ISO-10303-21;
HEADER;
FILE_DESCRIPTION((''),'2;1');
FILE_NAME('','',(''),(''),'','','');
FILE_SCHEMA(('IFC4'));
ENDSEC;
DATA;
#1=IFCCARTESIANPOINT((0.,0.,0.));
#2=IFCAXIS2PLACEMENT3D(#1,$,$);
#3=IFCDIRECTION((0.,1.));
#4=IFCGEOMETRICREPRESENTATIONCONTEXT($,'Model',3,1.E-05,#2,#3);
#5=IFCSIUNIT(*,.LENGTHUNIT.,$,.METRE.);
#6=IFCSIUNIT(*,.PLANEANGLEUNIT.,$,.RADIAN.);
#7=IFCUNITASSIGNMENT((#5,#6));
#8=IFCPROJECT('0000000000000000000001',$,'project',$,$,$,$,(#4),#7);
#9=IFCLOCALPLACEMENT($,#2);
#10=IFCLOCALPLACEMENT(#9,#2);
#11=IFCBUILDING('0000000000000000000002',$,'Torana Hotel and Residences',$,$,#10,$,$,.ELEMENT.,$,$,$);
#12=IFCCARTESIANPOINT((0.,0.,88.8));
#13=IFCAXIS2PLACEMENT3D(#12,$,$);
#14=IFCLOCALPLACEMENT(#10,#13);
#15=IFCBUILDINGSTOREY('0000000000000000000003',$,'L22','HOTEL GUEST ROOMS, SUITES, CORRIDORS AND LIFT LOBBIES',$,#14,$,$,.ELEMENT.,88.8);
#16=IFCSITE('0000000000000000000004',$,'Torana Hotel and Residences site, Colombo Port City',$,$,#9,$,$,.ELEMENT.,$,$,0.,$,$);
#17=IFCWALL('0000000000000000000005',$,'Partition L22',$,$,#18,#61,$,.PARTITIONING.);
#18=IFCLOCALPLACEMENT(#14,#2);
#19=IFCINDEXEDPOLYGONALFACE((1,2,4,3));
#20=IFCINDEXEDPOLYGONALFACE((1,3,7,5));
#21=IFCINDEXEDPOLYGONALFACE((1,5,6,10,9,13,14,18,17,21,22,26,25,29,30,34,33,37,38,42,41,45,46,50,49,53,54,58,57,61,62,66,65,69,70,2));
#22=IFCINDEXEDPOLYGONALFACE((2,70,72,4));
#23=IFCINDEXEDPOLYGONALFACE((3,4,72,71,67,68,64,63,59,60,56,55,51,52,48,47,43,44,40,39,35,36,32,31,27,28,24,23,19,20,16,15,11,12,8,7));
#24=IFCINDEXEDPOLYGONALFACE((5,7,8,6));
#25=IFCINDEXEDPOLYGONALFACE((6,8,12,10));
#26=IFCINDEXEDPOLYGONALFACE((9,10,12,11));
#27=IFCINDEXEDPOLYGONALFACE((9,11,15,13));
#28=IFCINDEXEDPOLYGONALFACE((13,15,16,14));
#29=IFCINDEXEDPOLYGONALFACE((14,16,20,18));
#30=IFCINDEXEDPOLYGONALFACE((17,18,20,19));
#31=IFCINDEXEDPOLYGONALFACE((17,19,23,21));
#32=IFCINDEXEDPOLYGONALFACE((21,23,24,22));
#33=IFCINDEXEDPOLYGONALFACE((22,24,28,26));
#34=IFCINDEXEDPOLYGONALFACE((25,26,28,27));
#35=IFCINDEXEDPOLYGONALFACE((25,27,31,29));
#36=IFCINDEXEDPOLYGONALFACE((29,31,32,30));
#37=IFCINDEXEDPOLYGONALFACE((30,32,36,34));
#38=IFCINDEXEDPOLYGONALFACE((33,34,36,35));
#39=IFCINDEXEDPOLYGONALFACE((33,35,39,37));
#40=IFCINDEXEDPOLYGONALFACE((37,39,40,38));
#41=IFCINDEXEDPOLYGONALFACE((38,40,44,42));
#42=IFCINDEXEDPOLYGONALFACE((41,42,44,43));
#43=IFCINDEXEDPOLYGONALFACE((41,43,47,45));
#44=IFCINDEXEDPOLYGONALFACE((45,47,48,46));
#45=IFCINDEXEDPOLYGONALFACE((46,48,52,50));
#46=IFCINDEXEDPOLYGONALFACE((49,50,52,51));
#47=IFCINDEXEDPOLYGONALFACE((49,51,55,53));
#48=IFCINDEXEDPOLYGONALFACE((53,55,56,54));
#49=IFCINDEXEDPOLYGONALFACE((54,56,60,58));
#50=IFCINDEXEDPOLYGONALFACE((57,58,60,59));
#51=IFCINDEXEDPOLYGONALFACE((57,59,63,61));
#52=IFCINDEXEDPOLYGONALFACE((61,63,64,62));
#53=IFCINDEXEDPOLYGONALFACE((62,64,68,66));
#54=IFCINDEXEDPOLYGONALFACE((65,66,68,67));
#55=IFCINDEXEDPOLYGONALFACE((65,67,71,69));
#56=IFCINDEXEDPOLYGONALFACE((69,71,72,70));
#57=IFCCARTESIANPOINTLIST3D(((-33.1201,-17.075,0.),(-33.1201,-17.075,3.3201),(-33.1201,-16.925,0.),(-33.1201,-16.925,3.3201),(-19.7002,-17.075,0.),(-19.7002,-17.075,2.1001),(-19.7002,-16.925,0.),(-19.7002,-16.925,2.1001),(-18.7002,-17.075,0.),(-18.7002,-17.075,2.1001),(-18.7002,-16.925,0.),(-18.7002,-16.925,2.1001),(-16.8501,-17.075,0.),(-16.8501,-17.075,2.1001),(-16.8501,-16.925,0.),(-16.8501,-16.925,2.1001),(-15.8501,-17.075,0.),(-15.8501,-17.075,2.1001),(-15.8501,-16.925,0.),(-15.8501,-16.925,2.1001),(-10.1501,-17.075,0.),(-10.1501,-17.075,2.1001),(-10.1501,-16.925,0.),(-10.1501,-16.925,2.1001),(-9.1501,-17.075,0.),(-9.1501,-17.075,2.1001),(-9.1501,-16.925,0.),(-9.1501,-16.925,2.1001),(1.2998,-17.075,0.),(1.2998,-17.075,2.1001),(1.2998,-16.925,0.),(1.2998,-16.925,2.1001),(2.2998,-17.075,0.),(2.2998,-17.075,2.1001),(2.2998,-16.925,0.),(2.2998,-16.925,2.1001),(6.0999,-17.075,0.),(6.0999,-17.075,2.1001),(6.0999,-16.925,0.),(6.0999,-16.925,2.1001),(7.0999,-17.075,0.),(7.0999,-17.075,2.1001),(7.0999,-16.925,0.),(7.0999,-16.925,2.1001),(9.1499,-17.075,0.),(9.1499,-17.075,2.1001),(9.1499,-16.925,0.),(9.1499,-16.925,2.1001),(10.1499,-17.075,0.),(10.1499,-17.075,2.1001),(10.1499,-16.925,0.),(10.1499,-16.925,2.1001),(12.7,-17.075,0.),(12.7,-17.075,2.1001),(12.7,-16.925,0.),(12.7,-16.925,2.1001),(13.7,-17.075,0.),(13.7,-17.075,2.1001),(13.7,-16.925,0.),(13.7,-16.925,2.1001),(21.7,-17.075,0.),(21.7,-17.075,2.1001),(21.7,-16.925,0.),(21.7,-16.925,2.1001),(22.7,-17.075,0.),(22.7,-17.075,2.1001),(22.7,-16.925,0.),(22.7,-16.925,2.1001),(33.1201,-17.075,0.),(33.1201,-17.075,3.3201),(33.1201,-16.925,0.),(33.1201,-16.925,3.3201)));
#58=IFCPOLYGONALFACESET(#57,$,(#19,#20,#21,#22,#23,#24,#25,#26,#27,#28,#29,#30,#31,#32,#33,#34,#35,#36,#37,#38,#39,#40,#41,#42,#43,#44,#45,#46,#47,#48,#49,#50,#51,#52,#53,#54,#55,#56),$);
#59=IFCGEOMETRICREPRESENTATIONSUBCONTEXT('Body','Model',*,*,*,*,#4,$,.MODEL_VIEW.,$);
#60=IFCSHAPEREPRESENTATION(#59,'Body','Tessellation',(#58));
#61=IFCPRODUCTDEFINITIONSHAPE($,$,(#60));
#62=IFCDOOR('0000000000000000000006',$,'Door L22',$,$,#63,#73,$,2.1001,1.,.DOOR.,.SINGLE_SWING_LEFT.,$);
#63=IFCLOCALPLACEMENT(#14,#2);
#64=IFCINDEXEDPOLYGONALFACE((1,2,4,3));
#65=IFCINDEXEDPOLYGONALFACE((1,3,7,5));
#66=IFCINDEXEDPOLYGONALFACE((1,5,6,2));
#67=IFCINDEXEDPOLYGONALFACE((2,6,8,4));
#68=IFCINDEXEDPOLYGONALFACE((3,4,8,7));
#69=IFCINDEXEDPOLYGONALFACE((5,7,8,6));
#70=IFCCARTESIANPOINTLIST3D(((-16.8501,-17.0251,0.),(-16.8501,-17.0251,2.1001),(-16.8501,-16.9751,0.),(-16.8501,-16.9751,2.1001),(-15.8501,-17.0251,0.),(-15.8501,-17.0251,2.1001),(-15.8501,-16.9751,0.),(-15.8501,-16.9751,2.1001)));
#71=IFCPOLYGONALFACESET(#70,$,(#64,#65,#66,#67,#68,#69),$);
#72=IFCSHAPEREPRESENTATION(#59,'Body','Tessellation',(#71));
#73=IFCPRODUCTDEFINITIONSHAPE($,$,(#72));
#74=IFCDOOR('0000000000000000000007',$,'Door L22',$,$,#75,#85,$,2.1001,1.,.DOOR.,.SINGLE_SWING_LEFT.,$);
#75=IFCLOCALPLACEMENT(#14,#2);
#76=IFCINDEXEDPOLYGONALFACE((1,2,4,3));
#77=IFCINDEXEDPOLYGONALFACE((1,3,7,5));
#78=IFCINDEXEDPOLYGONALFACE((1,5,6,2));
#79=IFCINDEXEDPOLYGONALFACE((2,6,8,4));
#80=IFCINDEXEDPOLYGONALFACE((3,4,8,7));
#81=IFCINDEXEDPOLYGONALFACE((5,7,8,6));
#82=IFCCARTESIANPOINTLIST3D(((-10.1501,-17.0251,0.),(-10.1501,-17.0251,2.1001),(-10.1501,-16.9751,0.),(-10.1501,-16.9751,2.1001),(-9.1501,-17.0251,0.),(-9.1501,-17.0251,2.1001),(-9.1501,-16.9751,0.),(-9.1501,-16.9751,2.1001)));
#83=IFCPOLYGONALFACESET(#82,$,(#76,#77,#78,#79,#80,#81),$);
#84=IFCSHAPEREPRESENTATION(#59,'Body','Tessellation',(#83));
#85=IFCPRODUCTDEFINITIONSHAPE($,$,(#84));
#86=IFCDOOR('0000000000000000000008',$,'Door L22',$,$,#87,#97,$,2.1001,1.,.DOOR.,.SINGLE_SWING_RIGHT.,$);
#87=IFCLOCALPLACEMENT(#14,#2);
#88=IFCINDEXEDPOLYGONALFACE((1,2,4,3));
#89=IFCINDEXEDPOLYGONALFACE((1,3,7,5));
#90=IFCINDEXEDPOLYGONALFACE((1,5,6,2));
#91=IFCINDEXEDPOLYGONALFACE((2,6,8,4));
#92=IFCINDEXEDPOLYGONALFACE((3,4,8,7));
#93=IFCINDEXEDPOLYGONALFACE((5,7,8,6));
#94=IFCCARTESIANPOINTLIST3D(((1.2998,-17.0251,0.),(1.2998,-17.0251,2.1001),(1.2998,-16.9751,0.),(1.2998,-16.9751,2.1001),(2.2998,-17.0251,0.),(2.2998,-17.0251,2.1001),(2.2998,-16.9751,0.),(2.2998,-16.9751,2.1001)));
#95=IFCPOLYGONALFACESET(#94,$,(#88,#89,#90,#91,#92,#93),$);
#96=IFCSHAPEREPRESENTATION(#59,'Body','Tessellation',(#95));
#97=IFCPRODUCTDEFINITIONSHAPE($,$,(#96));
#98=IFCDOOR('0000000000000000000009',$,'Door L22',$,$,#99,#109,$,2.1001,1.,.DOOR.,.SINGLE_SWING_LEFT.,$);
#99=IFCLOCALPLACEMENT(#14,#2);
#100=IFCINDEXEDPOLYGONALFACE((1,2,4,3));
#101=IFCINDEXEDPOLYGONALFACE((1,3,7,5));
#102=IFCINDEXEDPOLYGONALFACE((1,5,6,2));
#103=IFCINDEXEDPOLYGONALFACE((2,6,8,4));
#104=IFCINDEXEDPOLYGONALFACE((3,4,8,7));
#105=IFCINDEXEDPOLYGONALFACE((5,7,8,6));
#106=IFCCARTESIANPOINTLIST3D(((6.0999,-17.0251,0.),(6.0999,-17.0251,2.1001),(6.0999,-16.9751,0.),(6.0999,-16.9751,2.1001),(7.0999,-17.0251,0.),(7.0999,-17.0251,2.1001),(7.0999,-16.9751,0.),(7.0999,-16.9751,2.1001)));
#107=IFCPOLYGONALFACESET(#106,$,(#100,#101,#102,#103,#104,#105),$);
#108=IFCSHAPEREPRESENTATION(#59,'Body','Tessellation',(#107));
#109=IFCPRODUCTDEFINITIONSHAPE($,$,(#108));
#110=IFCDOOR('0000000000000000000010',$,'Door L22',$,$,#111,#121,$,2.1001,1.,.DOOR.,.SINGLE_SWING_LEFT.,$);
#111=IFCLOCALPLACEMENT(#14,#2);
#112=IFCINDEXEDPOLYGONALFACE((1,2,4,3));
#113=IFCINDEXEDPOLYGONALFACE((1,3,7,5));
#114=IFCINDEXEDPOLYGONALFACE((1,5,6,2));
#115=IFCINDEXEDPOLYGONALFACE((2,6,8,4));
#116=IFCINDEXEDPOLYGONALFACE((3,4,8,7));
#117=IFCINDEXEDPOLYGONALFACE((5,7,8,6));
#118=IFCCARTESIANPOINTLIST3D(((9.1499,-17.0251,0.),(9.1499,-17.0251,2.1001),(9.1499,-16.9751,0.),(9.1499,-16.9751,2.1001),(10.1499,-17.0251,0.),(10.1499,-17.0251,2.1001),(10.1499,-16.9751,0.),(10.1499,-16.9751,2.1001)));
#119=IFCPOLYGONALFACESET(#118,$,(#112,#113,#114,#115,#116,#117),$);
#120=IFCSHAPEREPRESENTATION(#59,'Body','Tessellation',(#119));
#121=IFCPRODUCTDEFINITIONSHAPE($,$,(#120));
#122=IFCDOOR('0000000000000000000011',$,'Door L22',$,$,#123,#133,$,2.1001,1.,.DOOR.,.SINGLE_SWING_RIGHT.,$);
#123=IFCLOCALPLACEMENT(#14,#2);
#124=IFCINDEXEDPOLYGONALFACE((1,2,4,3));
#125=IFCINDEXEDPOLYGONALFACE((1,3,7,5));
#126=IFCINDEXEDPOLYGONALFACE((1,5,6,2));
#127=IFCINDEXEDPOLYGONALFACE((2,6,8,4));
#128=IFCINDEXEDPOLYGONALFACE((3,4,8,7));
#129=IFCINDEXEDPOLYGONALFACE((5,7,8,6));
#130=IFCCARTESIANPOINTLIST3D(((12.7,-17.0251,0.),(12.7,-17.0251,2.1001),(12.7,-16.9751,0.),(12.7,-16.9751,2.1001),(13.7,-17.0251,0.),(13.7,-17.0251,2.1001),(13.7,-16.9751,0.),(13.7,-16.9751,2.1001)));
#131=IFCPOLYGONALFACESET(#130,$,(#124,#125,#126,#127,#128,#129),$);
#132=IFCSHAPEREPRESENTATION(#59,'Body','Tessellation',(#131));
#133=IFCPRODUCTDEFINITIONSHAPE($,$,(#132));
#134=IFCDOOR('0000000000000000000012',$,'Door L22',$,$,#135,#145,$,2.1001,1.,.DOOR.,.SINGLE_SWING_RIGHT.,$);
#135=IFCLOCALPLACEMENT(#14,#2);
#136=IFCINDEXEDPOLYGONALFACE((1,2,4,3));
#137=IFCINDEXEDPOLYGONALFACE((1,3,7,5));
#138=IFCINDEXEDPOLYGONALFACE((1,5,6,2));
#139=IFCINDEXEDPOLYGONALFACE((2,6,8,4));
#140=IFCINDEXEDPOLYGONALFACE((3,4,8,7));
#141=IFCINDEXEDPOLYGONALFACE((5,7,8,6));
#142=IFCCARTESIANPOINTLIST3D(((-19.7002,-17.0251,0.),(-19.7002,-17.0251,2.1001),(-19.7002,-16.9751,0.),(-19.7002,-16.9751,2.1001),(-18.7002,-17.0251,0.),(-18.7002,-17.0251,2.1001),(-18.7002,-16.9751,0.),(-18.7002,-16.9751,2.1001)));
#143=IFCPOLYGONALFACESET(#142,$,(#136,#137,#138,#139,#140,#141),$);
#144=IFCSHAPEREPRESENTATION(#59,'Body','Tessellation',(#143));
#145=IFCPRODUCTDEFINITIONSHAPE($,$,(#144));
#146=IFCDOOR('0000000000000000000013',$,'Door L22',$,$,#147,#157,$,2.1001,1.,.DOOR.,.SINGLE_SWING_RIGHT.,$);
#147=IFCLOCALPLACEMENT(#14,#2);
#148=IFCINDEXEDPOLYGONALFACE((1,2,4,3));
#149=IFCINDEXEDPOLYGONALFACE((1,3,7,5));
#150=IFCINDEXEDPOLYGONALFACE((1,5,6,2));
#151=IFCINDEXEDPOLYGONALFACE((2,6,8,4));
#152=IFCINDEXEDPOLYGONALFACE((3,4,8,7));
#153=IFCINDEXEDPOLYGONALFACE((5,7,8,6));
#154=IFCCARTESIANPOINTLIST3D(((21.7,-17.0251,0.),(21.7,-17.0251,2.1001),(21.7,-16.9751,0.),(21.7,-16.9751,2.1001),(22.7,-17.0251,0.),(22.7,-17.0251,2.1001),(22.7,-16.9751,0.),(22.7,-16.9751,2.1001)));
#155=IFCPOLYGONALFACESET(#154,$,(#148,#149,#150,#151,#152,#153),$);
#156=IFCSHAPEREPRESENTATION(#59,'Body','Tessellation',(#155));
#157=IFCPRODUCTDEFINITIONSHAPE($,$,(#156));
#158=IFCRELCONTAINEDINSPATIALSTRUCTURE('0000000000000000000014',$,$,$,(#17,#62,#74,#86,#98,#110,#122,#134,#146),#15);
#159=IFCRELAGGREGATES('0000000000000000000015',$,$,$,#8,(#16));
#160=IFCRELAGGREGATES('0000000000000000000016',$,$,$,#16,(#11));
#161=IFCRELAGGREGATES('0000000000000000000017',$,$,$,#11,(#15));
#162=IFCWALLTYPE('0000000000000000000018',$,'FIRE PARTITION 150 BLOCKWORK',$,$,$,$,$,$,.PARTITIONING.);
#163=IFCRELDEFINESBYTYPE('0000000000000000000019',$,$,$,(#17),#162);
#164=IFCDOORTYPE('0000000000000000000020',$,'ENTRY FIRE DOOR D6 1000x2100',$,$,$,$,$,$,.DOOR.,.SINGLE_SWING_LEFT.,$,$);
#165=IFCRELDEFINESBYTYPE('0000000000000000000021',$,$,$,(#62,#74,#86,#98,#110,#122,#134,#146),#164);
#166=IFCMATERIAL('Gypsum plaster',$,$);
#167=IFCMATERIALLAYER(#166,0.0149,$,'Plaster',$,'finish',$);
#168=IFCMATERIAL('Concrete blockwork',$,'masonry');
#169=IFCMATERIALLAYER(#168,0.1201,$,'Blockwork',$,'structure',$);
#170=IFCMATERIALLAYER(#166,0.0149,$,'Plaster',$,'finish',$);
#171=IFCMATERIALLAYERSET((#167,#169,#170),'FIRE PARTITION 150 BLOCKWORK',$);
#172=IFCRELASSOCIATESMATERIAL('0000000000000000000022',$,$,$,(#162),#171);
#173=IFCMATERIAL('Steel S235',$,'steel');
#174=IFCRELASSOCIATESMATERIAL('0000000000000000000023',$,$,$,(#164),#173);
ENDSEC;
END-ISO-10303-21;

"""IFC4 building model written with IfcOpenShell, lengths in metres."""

from ifc_helpers import new_model, si_unit, direction, frame, frame_2d, origin, place, context, subcontext, project, spatial, rectangle, extrude, material, layer, layer_set, type_object, element, fill, save


model = new_model("IFC4")

# Units and contexts
model_context = context("Model", 3, precision=1e-05, world=origin(), true_north=direction((0.0, 1.0)))
body_context = subcontext(model_context, "Body", "Model", "MODEL_VIEW")
ifc_project = project(units=[si_unit("LENGTHUNIT", "METRE"), si_unit("PLANEANGLEUNIT", "RADIAN")], contexts=[model_context])

# Site, building, storey
site_placement = place(None, origin())
site = spatial("IfcSite", under=ifc_project, at=site_placement, Name="Torana Hotel and Residences site, Colombo Port City", CompositionType="ELEMENT", RefElevation=0.0)
building_placement = place(site_placement, origin())
building = spatial("IfcBuilding", under=site, at=building_placement, Name="Torana Hotel and Residences", CompositionType="ELEMENT")
storey_placement = place(building_placement, frame((0.0, 0.0, 88.8)))
storey = spatial("IfcBuildingStorey", under=building, at=storey_placement, Name="L22", Description="HOTEL GUEST ROOMS, SUITES, CORRIDORS AND LIFT LOBBIES", CompositionType="ELEMENT", Elevation=88.8)

# Wall, openings, doors
ifc_material_1 = material(Name="Gypsum plaster")
ifc_layer_1 = layer(ifc_material_1, 0.0149, Name="Plaster", Category="finish")
ifc_material_2 = material(Name="Concrete blockwork", Category="masonry")
ifc_layer_2 = layer(ifc_material_2, 0.1201, Name="Blockwork", Category="structure")
ifc_layer_3 = layer(ifc_material_1, 0.0149, Name="Plaster", Category="finish")
ifc_layer_set_1 = layer_set([ifc_layer_1, ifc_layer_2, ifc_layer_3], Name="FIRE PARTITION 150 BLOCKWORK")
wall_type_1 = type_object("IfcWallType", Name="FIRE PARTITION 150 BLOCKWORK", PredefinedType="PARTITIONING", material=ifc_layer_set_1)
wall_1_placement = place(storey_placement, frame((-33.1201, -17.0, 0.0), z_axis=(0.0, 0.0, 1.0), x_axis=(1.0, 0.0, 0.0)))
wall_1 = element("IfcWall", 1, at=wall_1_placement, inside=storey, type_object=wall_type_1, Name="Partition L22", PredefinedType="PARTITIONING", context=body_context, shape_type="SweptSolid", body=[
    extrude(rectangle(XDim=66.2402, YDim=0.1499, at=frame_2d((33.1201, 0.0))), origin(), (0.0, 0.0, 1.0), 3.3201),
])
opening_1_placement = place(wall_1_placement, frame((16.27, 0.0, 0.0)))
opening_1 = element("IfcOpeningElement", 2, at=opening_1_placement, cuts=wall_1, PredefinedType="OPENING", context=body_context, shape_type="SweptSolid", body=[
    extrude(rectangle(XDim=1.0, YDim=2.1001, at=frame_2d((0.5, 1.05))), frame((0.0, 0.085, 0.0), z_axis=(0.0, -1.0, 0.0), x_axis=(1.0, 0.0, 0.0)), (0.0, 0.0, 1.0), 0.1699),
])
opening_2_placement = place(wall_1_placement, frame((22.97, 0.0, 0.0)))
opening_2 = element("IfcOpeningElement", 3, at=opening_2_placement, cuts=wall_1, PredefinedType="OPENING", context=body_context, shape_type="SweptSolid", body=[
    extrude(rectangle(XDim=1.0, YDim=2.1001, at=frame_2d((0.5, 1.05))), frame((0.0, 0.085, 0.0), z_axis=(0.0, -1.0, 0.0), x_axis=(1.0, 0.0, 0.0)), (0.0, 0.0, 1.0), 0.1699),
])
opening_3_placement = place(wall_1_placement, frame((34.4199, 0.0, 0.0)))
opening_3 = element("IfcOpeningElement", 4, at=opening_3_placement, cuts=wall_1, PredefinedType="OPENING", context=body_context, shape_type="SweptSolid", body=[
    extrude(rectangle(XDim=1.0, YDim=2.1001, at=frame_2d((0.5, 1.05))), frame((0.0, 0.085, 0.0), z_axis=(0.0, -1.0, 0.0), x_axis=(1.0, 0.0, 0.0)), (0.0, 0.0, 1.0), 0.1699),
])
opening_4_placement = place(wall_1_placement, frame((39.22, 0.0, 0.0)))
opening_4 = element("IfcOpeningElement", 5, at=opening_4_placement, cuts=wall_1, PredefinedType="OPENING", context=body_context, shape_type="SweptSolid", body=[
    extrude(rectangle(XDim=1.0, YDim=2.1001, at=frame_2d((0.5, 1.05))), frame((0.0, 0.085, 0.0), z_axis=(0.0, -1.0, 0.0), x_axis=(1.0, 0.0, 0.0)), (0.0, 0.0, 1.0), 0.1699),
])
opening_5_placement = place(wall_1_placement, frame((42.27, 0.0, 0.0)))
opening_5 = element("IfcOpeningElement", 6, at=opening_5_placement, cuts=wall_1, PredefinedType="OPENING", context=body_context, shape_type="SweptSolid", body=[
    extrude(rectangle(XDim=1.0, YDim=2.1001, at=frame_2d((0.5, 1.05))), frame((0.0, 0.085, 0.0), z_axis=(0.0, -1.0, 0.0), x_axis=(1.0, 0.0, 0.0)), (0.0, 0.0, 1.0), 0.1699),
])
opening_6_placement = place(wall_1_placement, frame((45.8201, 0.0, 0.0)))
opening_6 = element("IfcOpeningElement", 7, at=opening_6_placement, cuts=wall_1, PredefinedType="OPENING", context=body_context, shape_type="SweptSolid", body=[
    extrude(rectangle(XDim=1.0, YDim=2.1001, at=frame_2d((0.5, 1.05))), frame((0.0, 0.085, 0.0), z_axis=(0.0, -1.0, 0.0), x_axis=(1.0, 0.0, 0.0)), (0.0, 0.0, 1.0), 0.1699),
])
opening_7_placement = place(wall_1_placement, frame((13.4199, 0.0, 0.0)))
opening_7 = element("IfcOpeningElement", 8, at=opening_7_placement, cuts=wall_1, PredefinedType="OPENING", context=body_context, shape_type="SweptSolid", body=[
    extrude(rectangle(XDim=1.0, YDim=2.1001, at=frame_2d((0.5, 1.05))), frame((0.0, 0.085, 0.0), z_axis=(0.0, -1.0, 0.0), x_axis=(1.0, 0.0, 0.0)), (0.0, 0.0, 1.0), 0.1699),
])
opening_8_placement = place(wall_1_placement, frame((54.8201, 0.0, 0.0)))
opening_8 = element("IfcOpeningElement", 9, at=opening_8_placement, cuts=wall_1, PredefinedType="OPENING", context=body_context, shape_type="SweptSolid", body=[
    extrude(rectangle(XDim=1.0, YDim=2.1001, at=frame_2d((0.5, 1.05))), frame((0.0, 0.085, 0.0), z_axis=(0.0, -1.0, 0.0), x_axis=(1.0, 0.0, 0.0)), (0.0, 0.0, 1.0), 0.1699),
])
ifc_material_3 = material(Name="Steel S235", Category="steel")
door_type_1 = type_object("IfcDoorType", Name="ENTRY FIRE DOOR D6 1000x2100", OperationType="SINGLE_SWING_LEFT", PredefinedType="DOOR", material=ifc_material_3)
door_1_placement = place(opening_1_placement, frame((0.5, 0.0, 0.0), z_axis=(0.0, 0.0, 1.0), x_axis=(-1.0, 0.0, 0.0)))
door_1 = element("IfcDoor", 10, at=door_1_placement, inside=storey, type_object=door_type_1, Name="Door L22", OperationType="SINGLE_SWING_LEFT", OverallHeight=2.1001, OverallWidth=1.0, PredefinedType="DOOR", context=body_context, shape_type="SweptSolid", body=[
    extrude(rectangle(XDim=1.0, YDim=2.1001, at=frame_2d((0.0, 1.05))), frame((0.0, -0.0249, 0.0), z_axis=(0.0, 1.0, 0.0), x_axis=(-1.0, 0.0, 0.0)), (0.0, 0.0, 1.0), 0.05),
])
fill(opening_1, door_1)
door_2_placement = place(opening_2_placement, frame((0.5, 0.0, 0.0), z_axis=(0.0, 0.0, 1.0), x_axis=(-1.0, 0.0, 0.0)))
door_2 = element("IfcDoor", 11, at=door_2_placement, inside=storey, type_object=door_type_1, Name="Door L22", OperationType="SINGLE_SWING_LEFT", OverallHeight=2.1001, OverallWidth=1.0, PredefinedType="DOOR", context=body_context, shape_type="SweptSolid", body=[
    extrude(rectangle(XDim=1.0, YDim=2.1001, at=frame_2d((0.0, 1.05))), frame((0.0, -0.0249, 0.0), z_axis=(0.0, 1.0, 0.0), x_axis=(-1.0, 0.0, 0.0)), (0.0, 0.0, 1.0), 0.05),
])
fill(opening_2, door_2)
door_3_placement = place(opening_3_placement, origin())
door_3 = element("IfcDoor", 12, at=door_3_placement, inside=storey, type_object=door_type_1, Name="Door L22", OperationType="SINGLE_SWING_RIGHT", OverallHeight=2.1001, OverallWidth=1.0, PredefinedType="DOOR", context=body_context, shape_type="SweptSolid", body=[
    extrude(rectangle(XDim=1.0, YDim=2.1001, at=frame_2d((0.5, 1.05))), frame((0.0, 0.0249, 0.0), z_axis=(0.0, -1.0, 0.0), x_axis=(1.0, 0.0, 0.0)), (0.0, 0.0, 1.0), 0.05),
])
fill(opening_3, door_3)
door_4_placement = place(opening_4_placement, frame((0.5, 0.0, 0.0), z_axis=(0.0, 0.0, 1.0), x_axis=(-1.0, 0.0, 0.0)))
door_4 = element("IfcDoor", 13, at=door_4_placement, inside=storey, type_object=door_type_1, Name="Door L22", OperationType="SINGLE_SWING_LEFT", OverallHeight=2.1001, OverallWidth=1.0, PredefinedType="DOOR", context=body_context, shape_type="SweptSolid", body=[
    extrude(rectangle(XDim=1.0, YDim=2.1001, at=frame_2d((0.0, 1.05))), frame((0.0, -0.0249, 0.0), z_axis=(0.0, 1.0, 0.0), x_axis=(-1.0, 0.0, 0.0)), (0.0, 0.0, 1.0), 0.05),
])
fill(opening_4, door_4)
door_5_placement = place(opening_5_placement, frame((0.5, 0.0, 0.0), z_axis=(0.0, 0.0, 1.0), x_axis=(-1.0, 0.0, 0.0)))
door_5 = element("IfcDoor", 14, at=door_5_placement, inside=storey, type_object=door_type_1, Name="Door L22", OperationType="SINGLE_SWING_LEFT", OverallHeight=2.1001, OverallWidth=1.0, PredefinedType="DOOR", context=body_context, shape_type="SweptSolid", body=[
    extrude(rectangle(XDim=1.0, YDim=2.1001, at=frame_2d((0.0, 1.05))), frame((0.0, -0.0249, 0.0), z_axis=(0.0, 1.0, 0.0), x_axis=(-1.0, 0.0, 0.0)), (0.0, 0.0, 1.0), 0.05),
])
fill(opening_5, door_5)
door_6_placement = place(opening_6_placement, origin())
door_6 = element("IfcDoor", 15, at=door_6_placement, inside=storey, type_object=door_type_1, Name="Door L22", OperationType="SINGLE_SWING_RIGHT", OverallHeight=2.1001, OverallWidth=1.0, PredefinedType="DOOR", context=body_context, shape_type="SweptSolid", body=[
    extrude(rectangle(XDim=1.0, YDim=2.1001, at=frame_2d((0.5, 1.05))), frame((0.0, 0.0249, 0.0), z_axis=(0.0, -1.0, 0.0), x_axis=(1.0, 0.0, 0.0)), (0.0, 0.0, 1.0), 0.05),
])
fill(opening_6, door_6)
door_7_placement = place(opening_7_placement, origin())
door_7 = element("IfcDoor", 16, at=door_7_placement, inside=storey, type_object=door_type_1, Name="Door L22", OperationType="SINGLE_SWING_RIGHT", OverallHeight=2.1001, OverallWidth=1.0, PredefinedType="DOOR", context=body_context, shape_type="SweptSolid", body=[
    extrude(rectangle(XDim=1.0, YDim=2.1001, at=frame_2d((0.5, 1.05))), frame((0.0, 0.0249, 0.0), z_axis=(0.0, -1.0, 0.0), x_axis=(1.0, 0.0, 0.0)), (0.0, 0.0, 1.0), 0.05),
])
fill(opening_7, door_7)
door_8_placement = place(opening_8_placement, origin())
door_8 = element("IfcDoor", 17, at=door_8_placement, inside=storey, type_object=door_type_1, Name="Door L22", OperationType="SINGLE_SWING_RIGHT", OverallHeight=2.1001, OverallWidth=1.0, PredefinedType="DOOR", context=body_context, shape_type="SweptSolid", body=[
    extrude(rectangle(XDim=1.0, YDim=2.1001, at=frame_2d((0.5, 1.05))), frame((0.0, 0.0249, 0.0), z_axis=(0.0, -1.0, 0.0), x_axis=(1.0, 0.0, 0.0)), (0.0, 0.0, 1.0), 0.05),
])
fill(opening_8, door_8)

save(model, "model.ifc")
